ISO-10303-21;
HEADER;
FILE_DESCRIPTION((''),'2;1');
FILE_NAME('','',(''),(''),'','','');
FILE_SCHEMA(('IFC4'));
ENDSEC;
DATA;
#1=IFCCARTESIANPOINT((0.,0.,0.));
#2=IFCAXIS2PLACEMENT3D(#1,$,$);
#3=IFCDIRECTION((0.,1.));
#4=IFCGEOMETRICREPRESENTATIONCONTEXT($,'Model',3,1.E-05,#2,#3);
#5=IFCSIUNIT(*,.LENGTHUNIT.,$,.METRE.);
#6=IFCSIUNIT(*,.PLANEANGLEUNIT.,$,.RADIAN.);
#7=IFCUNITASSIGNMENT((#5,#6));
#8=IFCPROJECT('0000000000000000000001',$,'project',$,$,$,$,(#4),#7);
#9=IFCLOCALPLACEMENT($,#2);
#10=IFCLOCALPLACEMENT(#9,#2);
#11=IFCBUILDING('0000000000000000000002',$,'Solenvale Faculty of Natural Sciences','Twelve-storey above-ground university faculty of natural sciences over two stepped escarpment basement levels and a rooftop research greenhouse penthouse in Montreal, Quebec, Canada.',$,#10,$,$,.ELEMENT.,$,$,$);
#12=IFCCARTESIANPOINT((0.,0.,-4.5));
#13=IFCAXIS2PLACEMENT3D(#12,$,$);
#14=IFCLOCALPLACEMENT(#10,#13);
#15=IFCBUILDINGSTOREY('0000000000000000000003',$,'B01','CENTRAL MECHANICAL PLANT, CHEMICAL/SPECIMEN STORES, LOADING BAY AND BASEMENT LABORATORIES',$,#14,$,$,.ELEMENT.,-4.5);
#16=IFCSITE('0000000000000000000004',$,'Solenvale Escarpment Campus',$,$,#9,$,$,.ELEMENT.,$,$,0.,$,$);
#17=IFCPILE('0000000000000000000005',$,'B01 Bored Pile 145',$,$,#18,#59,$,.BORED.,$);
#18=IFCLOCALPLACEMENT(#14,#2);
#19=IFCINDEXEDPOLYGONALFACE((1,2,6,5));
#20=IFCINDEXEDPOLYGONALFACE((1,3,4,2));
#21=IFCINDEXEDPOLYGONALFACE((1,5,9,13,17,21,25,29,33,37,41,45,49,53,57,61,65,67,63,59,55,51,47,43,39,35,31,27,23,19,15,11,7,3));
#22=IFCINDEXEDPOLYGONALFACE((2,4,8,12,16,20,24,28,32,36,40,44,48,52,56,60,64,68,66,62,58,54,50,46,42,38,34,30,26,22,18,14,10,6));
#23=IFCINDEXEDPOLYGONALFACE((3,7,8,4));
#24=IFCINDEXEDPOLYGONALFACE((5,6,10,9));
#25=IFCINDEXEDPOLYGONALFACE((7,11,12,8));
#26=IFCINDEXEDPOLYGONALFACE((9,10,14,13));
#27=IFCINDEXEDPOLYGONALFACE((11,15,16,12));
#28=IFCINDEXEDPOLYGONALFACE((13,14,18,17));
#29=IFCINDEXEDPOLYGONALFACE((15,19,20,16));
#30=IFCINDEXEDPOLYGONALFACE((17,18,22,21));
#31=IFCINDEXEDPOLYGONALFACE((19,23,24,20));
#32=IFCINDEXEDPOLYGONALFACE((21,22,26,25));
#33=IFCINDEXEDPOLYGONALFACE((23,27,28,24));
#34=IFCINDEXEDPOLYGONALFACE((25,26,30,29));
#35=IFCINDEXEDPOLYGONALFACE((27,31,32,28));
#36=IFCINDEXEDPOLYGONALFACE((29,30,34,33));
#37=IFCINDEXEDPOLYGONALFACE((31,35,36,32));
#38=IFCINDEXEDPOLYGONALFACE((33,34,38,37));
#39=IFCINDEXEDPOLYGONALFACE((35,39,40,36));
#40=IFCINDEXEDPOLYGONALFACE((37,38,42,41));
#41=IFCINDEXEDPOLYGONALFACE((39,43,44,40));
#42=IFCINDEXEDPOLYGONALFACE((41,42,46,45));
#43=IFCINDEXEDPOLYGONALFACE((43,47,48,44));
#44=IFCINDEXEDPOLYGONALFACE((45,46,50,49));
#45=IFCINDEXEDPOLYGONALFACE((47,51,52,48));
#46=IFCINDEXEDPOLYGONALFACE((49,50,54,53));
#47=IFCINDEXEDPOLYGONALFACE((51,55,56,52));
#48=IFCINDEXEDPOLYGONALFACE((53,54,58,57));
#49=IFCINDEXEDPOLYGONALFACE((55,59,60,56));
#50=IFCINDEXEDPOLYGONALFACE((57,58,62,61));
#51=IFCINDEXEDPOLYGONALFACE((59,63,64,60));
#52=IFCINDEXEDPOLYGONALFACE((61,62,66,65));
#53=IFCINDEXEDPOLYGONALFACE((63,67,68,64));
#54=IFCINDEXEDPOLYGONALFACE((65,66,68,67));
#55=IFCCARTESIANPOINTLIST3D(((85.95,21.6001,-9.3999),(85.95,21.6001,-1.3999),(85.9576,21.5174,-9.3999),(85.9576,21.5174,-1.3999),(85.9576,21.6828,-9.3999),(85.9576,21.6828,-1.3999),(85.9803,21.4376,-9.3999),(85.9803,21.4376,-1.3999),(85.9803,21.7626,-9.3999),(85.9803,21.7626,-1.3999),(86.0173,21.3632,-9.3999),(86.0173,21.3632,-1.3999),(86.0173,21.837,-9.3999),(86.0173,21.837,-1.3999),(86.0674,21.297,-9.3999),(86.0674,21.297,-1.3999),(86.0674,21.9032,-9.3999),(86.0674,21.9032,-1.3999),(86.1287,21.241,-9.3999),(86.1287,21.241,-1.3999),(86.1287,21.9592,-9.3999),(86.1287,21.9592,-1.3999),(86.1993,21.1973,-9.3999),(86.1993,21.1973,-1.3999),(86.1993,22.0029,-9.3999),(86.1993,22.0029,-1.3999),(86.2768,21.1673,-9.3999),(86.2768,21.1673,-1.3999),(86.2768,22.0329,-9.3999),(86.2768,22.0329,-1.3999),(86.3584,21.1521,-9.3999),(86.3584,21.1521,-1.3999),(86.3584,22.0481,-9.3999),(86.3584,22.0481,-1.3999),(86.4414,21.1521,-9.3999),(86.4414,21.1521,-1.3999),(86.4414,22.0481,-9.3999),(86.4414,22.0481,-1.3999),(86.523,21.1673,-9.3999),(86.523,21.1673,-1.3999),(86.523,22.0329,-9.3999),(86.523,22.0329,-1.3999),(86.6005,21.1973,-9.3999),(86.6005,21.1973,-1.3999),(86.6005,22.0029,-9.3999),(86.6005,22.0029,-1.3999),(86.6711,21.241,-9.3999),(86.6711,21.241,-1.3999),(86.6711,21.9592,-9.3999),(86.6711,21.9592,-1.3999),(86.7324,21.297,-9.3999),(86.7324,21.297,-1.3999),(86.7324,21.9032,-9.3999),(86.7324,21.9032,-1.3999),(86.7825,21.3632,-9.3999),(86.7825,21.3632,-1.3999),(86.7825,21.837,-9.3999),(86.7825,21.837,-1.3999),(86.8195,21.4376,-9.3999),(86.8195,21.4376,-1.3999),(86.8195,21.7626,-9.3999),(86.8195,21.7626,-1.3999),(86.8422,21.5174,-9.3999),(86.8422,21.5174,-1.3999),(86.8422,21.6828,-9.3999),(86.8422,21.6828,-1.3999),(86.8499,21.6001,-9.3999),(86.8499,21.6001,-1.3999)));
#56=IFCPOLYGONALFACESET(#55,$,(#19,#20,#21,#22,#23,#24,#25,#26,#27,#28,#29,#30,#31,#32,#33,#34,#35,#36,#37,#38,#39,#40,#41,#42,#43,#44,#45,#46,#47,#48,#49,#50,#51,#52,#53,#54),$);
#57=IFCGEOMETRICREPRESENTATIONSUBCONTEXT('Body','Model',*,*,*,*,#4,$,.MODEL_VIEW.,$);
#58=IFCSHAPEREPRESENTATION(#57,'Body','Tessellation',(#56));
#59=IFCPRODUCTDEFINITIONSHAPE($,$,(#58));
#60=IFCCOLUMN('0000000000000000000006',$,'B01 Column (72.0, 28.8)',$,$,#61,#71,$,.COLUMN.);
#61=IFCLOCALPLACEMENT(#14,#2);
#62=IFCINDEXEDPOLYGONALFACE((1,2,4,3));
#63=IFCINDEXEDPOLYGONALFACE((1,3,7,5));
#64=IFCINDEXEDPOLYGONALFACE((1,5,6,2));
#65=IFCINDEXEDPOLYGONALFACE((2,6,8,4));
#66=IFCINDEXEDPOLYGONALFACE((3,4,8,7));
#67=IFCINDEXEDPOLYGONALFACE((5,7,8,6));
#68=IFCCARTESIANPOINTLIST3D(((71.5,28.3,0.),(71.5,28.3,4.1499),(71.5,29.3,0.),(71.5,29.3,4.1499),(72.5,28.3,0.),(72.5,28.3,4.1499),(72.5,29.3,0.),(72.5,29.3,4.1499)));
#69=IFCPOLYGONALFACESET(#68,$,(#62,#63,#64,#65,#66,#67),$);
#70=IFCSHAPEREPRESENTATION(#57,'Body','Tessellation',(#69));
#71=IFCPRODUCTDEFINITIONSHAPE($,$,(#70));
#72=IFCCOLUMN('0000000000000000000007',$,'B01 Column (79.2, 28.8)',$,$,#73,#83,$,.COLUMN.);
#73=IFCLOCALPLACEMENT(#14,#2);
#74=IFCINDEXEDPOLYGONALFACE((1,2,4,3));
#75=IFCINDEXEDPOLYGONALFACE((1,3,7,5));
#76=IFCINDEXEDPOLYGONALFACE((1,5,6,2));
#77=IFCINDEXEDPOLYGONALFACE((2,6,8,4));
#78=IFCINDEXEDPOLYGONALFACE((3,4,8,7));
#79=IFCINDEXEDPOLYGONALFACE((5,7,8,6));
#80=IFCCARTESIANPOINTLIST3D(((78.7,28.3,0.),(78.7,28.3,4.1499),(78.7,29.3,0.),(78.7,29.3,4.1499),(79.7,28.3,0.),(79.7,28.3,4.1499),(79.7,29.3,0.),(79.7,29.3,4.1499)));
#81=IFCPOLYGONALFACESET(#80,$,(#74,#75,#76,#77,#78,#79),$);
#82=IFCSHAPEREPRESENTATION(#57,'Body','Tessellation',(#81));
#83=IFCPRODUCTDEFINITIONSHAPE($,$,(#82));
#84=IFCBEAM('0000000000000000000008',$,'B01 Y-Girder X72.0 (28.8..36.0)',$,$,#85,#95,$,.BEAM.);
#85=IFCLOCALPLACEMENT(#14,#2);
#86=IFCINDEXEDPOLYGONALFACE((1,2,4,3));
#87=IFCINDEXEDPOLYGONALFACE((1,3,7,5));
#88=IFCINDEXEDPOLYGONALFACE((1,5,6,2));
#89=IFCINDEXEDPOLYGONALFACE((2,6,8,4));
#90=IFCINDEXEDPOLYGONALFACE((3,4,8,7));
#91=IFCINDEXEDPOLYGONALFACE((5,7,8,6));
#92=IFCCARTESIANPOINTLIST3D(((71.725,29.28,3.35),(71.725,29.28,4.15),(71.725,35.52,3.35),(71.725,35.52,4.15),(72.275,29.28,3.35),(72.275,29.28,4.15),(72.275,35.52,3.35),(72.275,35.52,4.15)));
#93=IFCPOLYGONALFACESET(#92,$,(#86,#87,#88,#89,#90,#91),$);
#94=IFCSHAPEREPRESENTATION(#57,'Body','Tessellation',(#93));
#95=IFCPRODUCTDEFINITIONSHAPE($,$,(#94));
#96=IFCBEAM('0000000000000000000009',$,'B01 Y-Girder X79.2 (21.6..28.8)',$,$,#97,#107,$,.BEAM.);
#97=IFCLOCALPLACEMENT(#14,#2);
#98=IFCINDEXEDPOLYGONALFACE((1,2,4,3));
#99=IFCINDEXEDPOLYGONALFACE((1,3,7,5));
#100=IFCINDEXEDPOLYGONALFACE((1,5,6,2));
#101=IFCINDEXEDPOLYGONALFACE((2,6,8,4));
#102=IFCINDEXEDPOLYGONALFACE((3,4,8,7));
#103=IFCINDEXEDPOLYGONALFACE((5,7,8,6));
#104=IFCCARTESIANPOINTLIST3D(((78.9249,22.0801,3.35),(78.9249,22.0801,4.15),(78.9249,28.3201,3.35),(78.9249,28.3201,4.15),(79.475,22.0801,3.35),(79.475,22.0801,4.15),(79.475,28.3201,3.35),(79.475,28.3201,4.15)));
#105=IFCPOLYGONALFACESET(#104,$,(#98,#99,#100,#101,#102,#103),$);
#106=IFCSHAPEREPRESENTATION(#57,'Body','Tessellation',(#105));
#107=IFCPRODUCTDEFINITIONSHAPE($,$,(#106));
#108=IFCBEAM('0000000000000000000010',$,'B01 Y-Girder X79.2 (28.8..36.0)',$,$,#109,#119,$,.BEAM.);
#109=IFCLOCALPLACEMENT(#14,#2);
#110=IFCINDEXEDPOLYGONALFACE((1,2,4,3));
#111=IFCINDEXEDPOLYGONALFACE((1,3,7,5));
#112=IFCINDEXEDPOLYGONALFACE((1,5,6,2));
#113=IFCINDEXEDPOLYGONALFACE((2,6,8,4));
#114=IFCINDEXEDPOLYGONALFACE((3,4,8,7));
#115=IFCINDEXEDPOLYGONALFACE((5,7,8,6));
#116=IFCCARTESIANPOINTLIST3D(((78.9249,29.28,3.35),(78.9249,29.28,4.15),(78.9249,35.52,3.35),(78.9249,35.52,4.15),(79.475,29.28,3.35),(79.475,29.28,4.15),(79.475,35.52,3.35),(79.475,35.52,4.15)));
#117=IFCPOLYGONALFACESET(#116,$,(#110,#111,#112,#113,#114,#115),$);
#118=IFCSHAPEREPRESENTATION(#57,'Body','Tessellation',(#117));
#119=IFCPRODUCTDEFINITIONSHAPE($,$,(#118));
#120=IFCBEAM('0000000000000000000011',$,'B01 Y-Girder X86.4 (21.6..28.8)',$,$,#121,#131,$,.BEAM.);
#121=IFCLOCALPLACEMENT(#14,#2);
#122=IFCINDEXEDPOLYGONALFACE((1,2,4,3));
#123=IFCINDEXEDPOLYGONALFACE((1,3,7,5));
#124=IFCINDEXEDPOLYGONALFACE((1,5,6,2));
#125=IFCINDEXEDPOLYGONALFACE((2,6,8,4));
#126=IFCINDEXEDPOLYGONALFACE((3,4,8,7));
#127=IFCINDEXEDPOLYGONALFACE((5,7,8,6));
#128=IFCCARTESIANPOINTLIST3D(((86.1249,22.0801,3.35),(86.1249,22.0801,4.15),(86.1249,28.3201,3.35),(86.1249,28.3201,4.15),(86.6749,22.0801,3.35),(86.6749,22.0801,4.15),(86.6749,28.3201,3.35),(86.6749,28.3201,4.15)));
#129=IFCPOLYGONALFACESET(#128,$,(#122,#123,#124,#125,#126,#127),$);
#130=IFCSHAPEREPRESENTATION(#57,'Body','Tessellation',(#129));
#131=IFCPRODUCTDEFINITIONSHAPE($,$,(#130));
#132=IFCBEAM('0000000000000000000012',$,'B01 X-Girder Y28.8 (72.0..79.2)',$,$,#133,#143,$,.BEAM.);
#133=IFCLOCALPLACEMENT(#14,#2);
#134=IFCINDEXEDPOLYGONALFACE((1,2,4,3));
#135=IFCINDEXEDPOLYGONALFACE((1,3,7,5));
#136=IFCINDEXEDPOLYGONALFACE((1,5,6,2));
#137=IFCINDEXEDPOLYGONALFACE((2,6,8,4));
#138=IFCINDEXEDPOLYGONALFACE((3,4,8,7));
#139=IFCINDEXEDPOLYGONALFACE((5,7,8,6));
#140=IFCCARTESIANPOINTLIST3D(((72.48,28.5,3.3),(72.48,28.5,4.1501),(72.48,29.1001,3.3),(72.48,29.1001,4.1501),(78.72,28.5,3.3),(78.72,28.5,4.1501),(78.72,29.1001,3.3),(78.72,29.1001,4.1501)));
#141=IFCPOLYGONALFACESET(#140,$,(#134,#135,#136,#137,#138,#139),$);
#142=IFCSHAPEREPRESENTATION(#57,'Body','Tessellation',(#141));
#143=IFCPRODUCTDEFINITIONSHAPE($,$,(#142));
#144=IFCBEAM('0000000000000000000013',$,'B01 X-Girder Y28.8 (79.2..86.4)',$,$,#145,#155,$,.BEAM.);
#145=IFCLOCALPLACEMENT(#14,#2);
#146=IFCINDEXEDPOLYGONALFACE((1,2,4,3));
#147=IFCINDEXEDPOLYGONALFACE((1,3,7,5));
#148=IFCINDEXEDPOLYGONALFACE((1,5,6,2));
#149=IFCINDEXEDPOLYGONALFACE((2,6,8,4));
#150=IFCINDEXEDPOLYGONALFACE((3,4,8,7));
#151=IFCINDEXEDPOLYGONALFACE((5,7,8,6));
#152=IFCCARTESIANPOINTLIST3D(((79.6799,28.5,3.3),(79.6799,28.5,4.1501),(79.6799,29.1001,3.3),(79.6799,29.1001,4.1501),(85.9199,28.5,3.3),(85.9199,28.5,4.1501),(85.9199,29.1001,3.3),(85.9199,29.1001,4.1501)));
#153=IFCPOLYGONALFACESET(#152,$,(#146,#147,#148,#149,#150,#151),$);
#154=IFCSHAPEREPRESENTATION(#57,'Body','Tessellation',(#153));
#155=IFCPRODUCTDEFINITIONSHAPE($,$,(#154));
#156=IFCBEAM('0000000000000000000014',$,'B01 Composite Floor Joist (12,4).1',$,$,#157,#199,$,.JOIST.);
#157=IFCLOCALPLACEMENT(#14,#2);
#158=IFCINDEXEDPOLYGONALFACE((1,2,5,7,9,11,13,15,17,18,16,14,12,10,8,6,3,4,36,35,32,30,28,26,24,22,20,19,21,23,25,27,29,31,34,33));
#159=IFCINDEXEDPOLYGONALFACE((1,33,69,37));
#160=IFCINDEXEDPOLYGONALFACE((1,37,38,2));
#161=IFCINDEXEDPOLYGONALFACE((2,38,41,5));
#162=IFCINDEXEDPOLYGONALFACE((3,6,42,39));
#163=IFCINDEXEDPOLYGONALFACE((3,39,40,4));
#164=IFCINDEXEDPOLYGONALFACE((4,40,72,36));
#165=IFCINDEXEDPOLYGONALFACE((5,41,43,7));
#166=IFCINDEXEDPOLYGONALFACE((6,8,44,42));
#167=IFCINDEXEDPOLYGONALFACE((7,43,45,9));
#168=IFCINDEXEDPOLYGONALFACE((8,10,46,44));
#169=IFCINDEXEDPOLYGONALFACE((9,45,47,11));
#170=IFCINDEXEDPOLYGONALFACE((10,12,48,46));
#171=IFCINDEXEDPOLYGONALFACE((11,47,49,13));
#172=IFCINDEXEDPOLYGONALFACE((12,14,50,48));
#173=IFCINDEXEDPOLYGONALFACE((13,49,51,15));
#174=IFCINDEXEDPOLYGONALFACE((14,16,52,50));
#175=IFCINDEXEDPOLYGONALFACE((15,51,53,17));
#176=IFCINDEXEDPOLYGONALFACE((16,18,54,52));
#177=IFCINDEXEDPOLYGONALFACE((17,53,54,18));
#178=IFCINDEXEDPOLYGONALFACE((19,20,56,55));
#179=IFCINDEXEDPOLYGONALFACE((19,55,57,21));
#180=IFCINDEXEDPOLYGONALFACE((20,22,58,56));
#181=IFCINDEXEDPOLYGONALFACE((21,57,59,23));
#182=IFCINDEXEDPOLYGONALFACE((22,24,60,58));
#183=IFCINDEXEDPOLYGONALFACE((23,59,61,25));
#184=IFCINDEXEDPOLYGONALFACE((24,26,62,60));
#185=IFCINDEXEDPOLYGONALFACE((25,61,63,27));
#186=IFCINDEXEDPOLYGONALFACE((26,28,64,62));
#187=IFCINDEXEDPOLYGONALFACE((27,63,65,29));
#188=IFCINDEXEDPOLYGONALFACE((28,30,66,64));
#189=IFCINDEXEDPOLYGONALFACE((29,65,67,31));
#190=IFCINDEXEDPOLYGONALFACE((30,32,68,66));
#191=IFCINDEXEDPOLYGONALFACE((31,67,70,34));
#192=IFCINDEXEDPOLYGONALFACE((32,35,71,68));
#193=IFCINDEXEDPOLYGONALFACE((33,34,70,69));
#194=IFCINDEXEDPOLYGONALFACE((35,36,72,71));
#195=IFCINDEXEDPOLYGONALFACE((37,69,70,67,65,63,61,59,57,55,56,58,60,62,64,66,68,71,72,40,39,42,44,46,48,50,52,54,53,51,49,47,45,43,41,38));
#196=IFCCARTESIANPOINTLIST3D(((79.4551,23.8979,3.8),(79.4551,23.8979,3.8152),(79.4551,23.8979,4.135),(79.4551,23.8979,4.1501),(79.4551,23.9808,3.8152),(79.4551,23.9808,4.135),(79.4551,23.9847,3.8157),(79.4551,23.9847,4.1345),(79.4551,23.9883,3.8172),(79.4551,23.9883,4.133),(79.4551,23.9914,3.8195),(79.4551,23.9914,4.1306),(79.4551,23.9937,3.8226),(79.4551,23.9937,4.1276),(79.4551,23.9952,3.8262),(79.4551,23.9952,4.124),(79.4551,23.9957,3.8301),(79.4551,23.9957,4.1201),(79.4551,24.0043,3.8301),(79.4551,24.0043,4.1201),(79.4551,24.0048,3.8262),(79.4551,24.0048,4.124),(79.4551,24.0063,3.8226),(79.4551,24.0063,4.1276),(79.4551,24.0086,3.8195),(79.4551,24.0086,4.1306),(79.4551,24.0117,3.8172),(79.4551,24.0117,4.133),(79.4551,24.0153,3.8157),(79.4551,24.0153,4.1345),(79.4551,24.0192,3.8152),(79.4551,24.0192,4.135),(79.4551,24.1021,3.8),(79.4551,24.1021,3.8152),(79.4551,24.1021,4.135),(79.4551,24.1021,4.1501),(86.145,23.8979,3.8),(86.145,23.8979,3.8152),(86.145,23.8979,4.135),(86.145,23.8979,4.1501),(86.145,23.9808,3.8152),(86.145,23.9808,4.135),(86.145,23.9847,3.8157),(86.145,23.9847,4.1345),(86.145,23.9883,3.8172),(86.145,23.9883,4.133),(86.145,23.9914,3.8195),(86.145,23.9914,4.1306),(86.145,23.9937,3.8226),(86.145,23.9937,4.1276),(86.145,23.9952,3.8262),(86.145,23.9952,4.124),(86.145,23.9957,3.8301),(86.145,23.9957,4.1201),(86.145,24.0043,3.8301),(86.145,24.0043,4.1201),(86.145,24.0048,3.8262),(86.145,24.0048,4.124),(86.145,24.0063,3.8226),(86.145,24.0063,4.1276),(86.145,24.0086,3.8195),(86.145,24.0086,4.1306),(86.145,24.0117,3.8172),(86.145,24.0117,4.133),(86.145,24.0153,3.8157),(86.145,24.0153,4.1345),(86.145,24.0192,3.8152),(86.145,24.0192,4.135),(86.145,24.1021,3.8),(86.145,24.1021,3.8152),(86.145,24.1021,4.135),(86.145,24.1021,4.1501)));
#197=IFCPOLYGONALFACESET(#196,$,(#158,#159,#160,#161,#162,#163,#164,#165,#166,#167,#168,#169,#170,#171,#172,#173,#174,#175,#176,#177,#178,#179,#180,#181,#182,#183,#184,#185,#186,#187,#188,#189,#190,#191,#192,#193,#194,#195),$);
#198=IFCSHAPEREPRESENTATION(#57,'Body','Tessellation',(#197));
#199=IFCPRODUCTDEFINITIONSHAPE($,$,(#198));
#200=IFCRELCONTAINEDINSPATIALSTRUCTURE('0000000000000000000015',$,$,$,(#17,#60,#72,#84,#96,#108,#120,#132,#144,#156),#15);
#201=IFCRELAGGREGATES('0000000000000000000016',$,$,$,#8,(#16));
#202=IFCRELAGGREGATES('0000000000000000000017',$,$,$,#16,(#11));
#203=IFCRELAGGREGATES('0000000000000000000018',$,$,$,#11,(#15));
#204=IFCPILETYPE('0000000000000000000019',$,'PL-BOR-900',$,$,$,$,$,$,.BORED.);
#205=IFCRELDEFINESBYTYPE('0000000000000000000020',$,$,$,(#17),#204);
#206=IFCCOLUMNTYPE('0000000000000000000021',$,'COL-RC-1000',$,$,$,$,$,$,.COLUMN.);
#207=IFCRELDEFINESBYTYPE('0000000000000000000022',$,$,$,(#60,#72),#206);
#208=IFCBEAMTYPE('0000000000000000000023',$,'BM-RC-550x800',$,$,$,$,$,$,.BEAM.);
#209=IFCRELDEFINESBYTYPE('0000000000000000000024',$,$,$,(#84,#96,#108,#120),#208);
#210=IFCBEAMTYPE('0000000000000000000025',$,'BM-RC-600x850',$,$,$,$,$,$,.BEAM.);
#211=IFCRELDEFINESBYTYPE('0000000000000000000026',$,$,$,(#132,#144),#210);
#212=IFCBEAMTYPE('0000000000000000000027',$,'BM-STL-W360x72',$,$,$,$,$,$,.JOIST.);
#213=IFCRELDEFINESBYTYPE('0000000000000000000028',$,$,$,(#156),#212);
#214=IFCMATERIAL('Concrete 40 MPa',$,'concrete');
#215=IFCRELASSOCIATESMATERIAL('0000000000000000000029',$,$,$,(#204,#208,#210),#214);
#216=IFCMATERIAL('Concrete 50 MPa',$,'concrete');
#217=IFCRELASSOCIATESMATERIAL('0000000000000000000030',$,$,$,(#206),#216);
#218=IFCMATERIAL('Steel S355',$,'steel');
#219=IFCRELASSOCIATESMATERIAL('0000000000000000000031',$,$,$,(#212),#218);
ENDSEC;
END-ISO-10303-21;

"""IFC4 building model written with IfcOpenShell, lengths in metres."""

from ifc_helpers import new_model, si_unit, direction, frame, origin, origin_2d, place, context, subcontext, project, spatial, rectangle, circle, i_section, extrude, material, material_profile, profile_set, type_object, element, save


model = new_model("IFC4")

# Units and contexts
model_context = context("Model", 3, precision=1e-05, world=origin(), true_north=direction((0.0, 1.0)))
body_context = subcontext(model_context, "Body", "Model", "MODEL_VIEW")
ifc_project = project(units=[si_unit("LENGTHUNIT", "METRE"), si_unit("PLANEANGLEUNIT", "RADIAN")], contexts=[model_context])

# Site, building, storey
site_placement = place(None, origin())
site = spatial("IfcSite", under=ifc_project, at=site_placement, Name="Solenvale Escarpment Campus", CompositionType="ELEMENT", RefElevation=0.0)
building_placement = place(site_placement, origin())
building = spatial("IfcBuilding", under=site, at=building_placement, Name="Solenvale Faculty of Natural Sciences", Description="Twelve-storey above-ground university faculty of natural sciences over two stepped escarpment basement levels and a rooftop research greenhouse penthouse in Montreal, Quebec, Canada.", CompositionType="ELEMENT")
storey_placement = place(building_placement, frame((0.0, 0.0, -4.5)))
storey = spatial("IfcBuildingStorey", under=building, at=storey_placement, Name="B01", Description="CENTRAL MECHANICAL PLANT, CHEMICAL/SPECIMEN STORES, LOADING BAY AND BASEMENT LABORATORIES", CompositionType="ELEMENT", Elevation=-4.5)

# Shared definitions
ifc_material_1 = material(Name="Concrete 40 MPa", Category="concrete")

# Pile
ifc_material_profile_1 = material_profile(ifc_material_1, circle(Radius=0.45, at=origin_2d()), Name="PILE-D900")
ifc_profile_set_1 = profile_set([ifc_material_profile_1], Name="Concrete 40 MPa")
pile_type_1 = type_object("IfcPileType", Name="PL-BOR-900", PredefinedType="BORED", material=ifc_profile_set_1)
pile_placement = place(storey_placement, frame((86.3999, 21.6001, -1.3999), z_axis=(0.0, 0.0, -1.0), x_axis=(1.0, 0.0, 0.0)))
element("IfcPile", 1, at=pile_placement, inside=storey, type_object=pile_type_1, Name="B01 Bored Pile 145", PredefinedType="BORED", context=body_context, shape_type="SweptSolid", body=[
    extrude(circle(Radius=0.45, at=origin_2d()), origin(), (0.0, 0.0, 1.0), 8.0),
])

# Columns
ifc_material_2 = material(Name="Concrete 50 MPa", Category="concrete")
ifc_material_profile_2 = material_profile(ifc_material_2, rectangle(XDim=1.0, YDim=1.0, at=origin_2d()), Name="RC-COL-1000x1000")
ifc_profile_set_2 = profile_set([ifc_material_profile_2], Name="Concrete 50 MPa")
column_type = type_object("IfcColumnType", Name="COL-RC-1000", PredefinedType="COLUMN", material=ifc_profile_set_2)
for number, where, z_axis, x_axis, name in (
    (2, (72.0, 28.8, 0.0), (0.0, 0.0, 1.0), (1.0, 0.0, 0.0), "B01 Column (72.0, 28.8)"),
    (3, (79.2, 28.8, 0.0), (0.0, 0.0, 1.0), (1.0, 0.0, 0.0), "B01 Column (79.2, 28.8)"),
):
    element("IfcColumn", number, at=place(storey_placement, frame(where, z_axis=z_axis, x_axis=x_axis)), inside=storey, type_object=column_type, Name=name, PredefinedType="COLUMN", context=body_context, shape_type="SweptSolid", body=[
        extrude(rectangle(XDim=1.0, YDim=1.0, at=origin_2d()), origin(), (0.0, 0.0, 1.0), 4.1499),
    ])

# Beams
ifc_material_profile_3 = material_profile(ifc_material_1, rectangle(XDim=0.55, YDim=0.8, at=origin_2d()), Name="RC-BM-550x800")
ifc_profile_set_3 = profile_set([ifc_material_profile_3], Name="Concrete 40 MPa")
beam_type_1 = type_object("IfcBeamType", Name="BM-RC-550x800", PredefinedType="BEAM", material=ifc_profile_set_3)
for number, where, z_axis, x_axis, name in (
    (4, (72.0, 29.28, 3.75), (0.0, 1.0, 0.0), (-1.0, 0.0, 0.0), "B01 Y-Girder X72.0 (28.8..36.0)"),
    (5, (79.2, 22.0801, 3.75), (0.0, 1.0, 0.0), (-1.0, 0.0, 0.0), "B01 Y-Girder X79.2 (21.6..28.8)"),
    (6, (79.2, 29.28, 3.75), (0.0, 1.0, 0.0), (-1.0, 0.0, 0.0), "B01 Y-Girder X79.2 (28.8..36.0)"),
    (7, (86.3999, 22.0801, 3.75), (0.0, 1.0, 0.0), (-1.0, 0.0, 0.0), "B01 Y-Girder X86.4 (21.6..28.8)"),
):
    element("IfcBeam", number, at=place(storey_placement, frame(where, z_axis=z_axis, x_axis=x_axis)), inside=storey, type_object=beam_type_1, Name=name, PredefinedType="BEAM", context=body_context, shape_type="SweptSolid", body=[
        extrude(rectangle(XDim=0.55, YDim=0.8, at=origin_2d()), origin(), (0.0, 0.0, 1.0), 6.24),
    ])
ifc_material_profile_4 = material_profile(ifc_material_1, rectangle(XDim=0.6001, YDim=0.8501, at=origin_2d()), Name="RC-BM-600x850")
ifc_profile_set_4 = profile_set([ifc_material_profile_4], Name="Concrete 40 MPa")
beam_type_2 = type_object("IfcBeamType", Name="BM-RC-600x850", PredefinedType="BEAM", material=ifc_profile_set_4)
for number, where, z_axis, x_axis, name in (
    (8, (72.48, 28.8, 3.7251), (1.0, 0.0, 0.0), (0.0, 1.0, 0.0), "B01 X-Girder Y28.8 (72.0..79.2)"),
    (9, (79.6799, 28.8, 3.7251), (1.0, 0.0, 0.0), (0.0, 1.0, 0.0), "B01 X-Girder Y28.8 (79.2..86.4)"),
):
    element("IfcBeam", number, at=place(storey_placement, frame(where, z_axis=z_axis, x_axis=x_axis)), inside=storey, type_object=beam_type_2, Name=name, PredefinedType="BEAM", context=body_context, shape_type="SweptSolid", body=[
        extrude(rectangle(XDim=0.6001, YDim=0.8501, at=origin_2d()), origin(), (0.0, 0.0, 1.0), 6.24),
    ])
ifc_material_3 = material(Name="Steel S355", Category="steel")
ifc_material_profile_5 = material_profile(ifc_material_3, i_section(OverallWidth=0.2041, OverallDepth=0.3501, WebThickness=0.0085, FlangeThickness=0.0151, FilletRadius=0.0149, at=origin_2d()), Name="W360x72")
ifc_profile_set_5 = profile_set([ifc_material_profile_5], Name="Steel S355")
beam_type_3 = type_object("IfcBeamType", Name="BM-STL-W360x72", PredefinedType="JOIST", material=ifc_profile_set_5)
for number, where, z_axis, x_axis, name in (
    (10, (79.4551, 24.0, 3.9751), (1.0, 0.0, 0.0), (0.0, 1.0, 0.0), "B01 Composite Floor Joist (12,4).1"),
):
    element("IfcBeam", number, at=place(storey_placement, frame(where, z_axis=z_axis, x_axis=x_axis)), inside=storey, type_object=beam_type_3, Name=name, PredefinedType="JOIST", context=body_context, shape_type="SweptSolid", body=[
        extrude(i_section(OverallWidth=0.2041, OverallDepth=0.3501, WebThickness=0.0085, FlangeThickness=0.0151, FilletRadius=0.0149, at=origin_2d()), origin(), (0.0, 0.0, 1.0), 6.6899),
    ])

save(model, "model.ifc")
